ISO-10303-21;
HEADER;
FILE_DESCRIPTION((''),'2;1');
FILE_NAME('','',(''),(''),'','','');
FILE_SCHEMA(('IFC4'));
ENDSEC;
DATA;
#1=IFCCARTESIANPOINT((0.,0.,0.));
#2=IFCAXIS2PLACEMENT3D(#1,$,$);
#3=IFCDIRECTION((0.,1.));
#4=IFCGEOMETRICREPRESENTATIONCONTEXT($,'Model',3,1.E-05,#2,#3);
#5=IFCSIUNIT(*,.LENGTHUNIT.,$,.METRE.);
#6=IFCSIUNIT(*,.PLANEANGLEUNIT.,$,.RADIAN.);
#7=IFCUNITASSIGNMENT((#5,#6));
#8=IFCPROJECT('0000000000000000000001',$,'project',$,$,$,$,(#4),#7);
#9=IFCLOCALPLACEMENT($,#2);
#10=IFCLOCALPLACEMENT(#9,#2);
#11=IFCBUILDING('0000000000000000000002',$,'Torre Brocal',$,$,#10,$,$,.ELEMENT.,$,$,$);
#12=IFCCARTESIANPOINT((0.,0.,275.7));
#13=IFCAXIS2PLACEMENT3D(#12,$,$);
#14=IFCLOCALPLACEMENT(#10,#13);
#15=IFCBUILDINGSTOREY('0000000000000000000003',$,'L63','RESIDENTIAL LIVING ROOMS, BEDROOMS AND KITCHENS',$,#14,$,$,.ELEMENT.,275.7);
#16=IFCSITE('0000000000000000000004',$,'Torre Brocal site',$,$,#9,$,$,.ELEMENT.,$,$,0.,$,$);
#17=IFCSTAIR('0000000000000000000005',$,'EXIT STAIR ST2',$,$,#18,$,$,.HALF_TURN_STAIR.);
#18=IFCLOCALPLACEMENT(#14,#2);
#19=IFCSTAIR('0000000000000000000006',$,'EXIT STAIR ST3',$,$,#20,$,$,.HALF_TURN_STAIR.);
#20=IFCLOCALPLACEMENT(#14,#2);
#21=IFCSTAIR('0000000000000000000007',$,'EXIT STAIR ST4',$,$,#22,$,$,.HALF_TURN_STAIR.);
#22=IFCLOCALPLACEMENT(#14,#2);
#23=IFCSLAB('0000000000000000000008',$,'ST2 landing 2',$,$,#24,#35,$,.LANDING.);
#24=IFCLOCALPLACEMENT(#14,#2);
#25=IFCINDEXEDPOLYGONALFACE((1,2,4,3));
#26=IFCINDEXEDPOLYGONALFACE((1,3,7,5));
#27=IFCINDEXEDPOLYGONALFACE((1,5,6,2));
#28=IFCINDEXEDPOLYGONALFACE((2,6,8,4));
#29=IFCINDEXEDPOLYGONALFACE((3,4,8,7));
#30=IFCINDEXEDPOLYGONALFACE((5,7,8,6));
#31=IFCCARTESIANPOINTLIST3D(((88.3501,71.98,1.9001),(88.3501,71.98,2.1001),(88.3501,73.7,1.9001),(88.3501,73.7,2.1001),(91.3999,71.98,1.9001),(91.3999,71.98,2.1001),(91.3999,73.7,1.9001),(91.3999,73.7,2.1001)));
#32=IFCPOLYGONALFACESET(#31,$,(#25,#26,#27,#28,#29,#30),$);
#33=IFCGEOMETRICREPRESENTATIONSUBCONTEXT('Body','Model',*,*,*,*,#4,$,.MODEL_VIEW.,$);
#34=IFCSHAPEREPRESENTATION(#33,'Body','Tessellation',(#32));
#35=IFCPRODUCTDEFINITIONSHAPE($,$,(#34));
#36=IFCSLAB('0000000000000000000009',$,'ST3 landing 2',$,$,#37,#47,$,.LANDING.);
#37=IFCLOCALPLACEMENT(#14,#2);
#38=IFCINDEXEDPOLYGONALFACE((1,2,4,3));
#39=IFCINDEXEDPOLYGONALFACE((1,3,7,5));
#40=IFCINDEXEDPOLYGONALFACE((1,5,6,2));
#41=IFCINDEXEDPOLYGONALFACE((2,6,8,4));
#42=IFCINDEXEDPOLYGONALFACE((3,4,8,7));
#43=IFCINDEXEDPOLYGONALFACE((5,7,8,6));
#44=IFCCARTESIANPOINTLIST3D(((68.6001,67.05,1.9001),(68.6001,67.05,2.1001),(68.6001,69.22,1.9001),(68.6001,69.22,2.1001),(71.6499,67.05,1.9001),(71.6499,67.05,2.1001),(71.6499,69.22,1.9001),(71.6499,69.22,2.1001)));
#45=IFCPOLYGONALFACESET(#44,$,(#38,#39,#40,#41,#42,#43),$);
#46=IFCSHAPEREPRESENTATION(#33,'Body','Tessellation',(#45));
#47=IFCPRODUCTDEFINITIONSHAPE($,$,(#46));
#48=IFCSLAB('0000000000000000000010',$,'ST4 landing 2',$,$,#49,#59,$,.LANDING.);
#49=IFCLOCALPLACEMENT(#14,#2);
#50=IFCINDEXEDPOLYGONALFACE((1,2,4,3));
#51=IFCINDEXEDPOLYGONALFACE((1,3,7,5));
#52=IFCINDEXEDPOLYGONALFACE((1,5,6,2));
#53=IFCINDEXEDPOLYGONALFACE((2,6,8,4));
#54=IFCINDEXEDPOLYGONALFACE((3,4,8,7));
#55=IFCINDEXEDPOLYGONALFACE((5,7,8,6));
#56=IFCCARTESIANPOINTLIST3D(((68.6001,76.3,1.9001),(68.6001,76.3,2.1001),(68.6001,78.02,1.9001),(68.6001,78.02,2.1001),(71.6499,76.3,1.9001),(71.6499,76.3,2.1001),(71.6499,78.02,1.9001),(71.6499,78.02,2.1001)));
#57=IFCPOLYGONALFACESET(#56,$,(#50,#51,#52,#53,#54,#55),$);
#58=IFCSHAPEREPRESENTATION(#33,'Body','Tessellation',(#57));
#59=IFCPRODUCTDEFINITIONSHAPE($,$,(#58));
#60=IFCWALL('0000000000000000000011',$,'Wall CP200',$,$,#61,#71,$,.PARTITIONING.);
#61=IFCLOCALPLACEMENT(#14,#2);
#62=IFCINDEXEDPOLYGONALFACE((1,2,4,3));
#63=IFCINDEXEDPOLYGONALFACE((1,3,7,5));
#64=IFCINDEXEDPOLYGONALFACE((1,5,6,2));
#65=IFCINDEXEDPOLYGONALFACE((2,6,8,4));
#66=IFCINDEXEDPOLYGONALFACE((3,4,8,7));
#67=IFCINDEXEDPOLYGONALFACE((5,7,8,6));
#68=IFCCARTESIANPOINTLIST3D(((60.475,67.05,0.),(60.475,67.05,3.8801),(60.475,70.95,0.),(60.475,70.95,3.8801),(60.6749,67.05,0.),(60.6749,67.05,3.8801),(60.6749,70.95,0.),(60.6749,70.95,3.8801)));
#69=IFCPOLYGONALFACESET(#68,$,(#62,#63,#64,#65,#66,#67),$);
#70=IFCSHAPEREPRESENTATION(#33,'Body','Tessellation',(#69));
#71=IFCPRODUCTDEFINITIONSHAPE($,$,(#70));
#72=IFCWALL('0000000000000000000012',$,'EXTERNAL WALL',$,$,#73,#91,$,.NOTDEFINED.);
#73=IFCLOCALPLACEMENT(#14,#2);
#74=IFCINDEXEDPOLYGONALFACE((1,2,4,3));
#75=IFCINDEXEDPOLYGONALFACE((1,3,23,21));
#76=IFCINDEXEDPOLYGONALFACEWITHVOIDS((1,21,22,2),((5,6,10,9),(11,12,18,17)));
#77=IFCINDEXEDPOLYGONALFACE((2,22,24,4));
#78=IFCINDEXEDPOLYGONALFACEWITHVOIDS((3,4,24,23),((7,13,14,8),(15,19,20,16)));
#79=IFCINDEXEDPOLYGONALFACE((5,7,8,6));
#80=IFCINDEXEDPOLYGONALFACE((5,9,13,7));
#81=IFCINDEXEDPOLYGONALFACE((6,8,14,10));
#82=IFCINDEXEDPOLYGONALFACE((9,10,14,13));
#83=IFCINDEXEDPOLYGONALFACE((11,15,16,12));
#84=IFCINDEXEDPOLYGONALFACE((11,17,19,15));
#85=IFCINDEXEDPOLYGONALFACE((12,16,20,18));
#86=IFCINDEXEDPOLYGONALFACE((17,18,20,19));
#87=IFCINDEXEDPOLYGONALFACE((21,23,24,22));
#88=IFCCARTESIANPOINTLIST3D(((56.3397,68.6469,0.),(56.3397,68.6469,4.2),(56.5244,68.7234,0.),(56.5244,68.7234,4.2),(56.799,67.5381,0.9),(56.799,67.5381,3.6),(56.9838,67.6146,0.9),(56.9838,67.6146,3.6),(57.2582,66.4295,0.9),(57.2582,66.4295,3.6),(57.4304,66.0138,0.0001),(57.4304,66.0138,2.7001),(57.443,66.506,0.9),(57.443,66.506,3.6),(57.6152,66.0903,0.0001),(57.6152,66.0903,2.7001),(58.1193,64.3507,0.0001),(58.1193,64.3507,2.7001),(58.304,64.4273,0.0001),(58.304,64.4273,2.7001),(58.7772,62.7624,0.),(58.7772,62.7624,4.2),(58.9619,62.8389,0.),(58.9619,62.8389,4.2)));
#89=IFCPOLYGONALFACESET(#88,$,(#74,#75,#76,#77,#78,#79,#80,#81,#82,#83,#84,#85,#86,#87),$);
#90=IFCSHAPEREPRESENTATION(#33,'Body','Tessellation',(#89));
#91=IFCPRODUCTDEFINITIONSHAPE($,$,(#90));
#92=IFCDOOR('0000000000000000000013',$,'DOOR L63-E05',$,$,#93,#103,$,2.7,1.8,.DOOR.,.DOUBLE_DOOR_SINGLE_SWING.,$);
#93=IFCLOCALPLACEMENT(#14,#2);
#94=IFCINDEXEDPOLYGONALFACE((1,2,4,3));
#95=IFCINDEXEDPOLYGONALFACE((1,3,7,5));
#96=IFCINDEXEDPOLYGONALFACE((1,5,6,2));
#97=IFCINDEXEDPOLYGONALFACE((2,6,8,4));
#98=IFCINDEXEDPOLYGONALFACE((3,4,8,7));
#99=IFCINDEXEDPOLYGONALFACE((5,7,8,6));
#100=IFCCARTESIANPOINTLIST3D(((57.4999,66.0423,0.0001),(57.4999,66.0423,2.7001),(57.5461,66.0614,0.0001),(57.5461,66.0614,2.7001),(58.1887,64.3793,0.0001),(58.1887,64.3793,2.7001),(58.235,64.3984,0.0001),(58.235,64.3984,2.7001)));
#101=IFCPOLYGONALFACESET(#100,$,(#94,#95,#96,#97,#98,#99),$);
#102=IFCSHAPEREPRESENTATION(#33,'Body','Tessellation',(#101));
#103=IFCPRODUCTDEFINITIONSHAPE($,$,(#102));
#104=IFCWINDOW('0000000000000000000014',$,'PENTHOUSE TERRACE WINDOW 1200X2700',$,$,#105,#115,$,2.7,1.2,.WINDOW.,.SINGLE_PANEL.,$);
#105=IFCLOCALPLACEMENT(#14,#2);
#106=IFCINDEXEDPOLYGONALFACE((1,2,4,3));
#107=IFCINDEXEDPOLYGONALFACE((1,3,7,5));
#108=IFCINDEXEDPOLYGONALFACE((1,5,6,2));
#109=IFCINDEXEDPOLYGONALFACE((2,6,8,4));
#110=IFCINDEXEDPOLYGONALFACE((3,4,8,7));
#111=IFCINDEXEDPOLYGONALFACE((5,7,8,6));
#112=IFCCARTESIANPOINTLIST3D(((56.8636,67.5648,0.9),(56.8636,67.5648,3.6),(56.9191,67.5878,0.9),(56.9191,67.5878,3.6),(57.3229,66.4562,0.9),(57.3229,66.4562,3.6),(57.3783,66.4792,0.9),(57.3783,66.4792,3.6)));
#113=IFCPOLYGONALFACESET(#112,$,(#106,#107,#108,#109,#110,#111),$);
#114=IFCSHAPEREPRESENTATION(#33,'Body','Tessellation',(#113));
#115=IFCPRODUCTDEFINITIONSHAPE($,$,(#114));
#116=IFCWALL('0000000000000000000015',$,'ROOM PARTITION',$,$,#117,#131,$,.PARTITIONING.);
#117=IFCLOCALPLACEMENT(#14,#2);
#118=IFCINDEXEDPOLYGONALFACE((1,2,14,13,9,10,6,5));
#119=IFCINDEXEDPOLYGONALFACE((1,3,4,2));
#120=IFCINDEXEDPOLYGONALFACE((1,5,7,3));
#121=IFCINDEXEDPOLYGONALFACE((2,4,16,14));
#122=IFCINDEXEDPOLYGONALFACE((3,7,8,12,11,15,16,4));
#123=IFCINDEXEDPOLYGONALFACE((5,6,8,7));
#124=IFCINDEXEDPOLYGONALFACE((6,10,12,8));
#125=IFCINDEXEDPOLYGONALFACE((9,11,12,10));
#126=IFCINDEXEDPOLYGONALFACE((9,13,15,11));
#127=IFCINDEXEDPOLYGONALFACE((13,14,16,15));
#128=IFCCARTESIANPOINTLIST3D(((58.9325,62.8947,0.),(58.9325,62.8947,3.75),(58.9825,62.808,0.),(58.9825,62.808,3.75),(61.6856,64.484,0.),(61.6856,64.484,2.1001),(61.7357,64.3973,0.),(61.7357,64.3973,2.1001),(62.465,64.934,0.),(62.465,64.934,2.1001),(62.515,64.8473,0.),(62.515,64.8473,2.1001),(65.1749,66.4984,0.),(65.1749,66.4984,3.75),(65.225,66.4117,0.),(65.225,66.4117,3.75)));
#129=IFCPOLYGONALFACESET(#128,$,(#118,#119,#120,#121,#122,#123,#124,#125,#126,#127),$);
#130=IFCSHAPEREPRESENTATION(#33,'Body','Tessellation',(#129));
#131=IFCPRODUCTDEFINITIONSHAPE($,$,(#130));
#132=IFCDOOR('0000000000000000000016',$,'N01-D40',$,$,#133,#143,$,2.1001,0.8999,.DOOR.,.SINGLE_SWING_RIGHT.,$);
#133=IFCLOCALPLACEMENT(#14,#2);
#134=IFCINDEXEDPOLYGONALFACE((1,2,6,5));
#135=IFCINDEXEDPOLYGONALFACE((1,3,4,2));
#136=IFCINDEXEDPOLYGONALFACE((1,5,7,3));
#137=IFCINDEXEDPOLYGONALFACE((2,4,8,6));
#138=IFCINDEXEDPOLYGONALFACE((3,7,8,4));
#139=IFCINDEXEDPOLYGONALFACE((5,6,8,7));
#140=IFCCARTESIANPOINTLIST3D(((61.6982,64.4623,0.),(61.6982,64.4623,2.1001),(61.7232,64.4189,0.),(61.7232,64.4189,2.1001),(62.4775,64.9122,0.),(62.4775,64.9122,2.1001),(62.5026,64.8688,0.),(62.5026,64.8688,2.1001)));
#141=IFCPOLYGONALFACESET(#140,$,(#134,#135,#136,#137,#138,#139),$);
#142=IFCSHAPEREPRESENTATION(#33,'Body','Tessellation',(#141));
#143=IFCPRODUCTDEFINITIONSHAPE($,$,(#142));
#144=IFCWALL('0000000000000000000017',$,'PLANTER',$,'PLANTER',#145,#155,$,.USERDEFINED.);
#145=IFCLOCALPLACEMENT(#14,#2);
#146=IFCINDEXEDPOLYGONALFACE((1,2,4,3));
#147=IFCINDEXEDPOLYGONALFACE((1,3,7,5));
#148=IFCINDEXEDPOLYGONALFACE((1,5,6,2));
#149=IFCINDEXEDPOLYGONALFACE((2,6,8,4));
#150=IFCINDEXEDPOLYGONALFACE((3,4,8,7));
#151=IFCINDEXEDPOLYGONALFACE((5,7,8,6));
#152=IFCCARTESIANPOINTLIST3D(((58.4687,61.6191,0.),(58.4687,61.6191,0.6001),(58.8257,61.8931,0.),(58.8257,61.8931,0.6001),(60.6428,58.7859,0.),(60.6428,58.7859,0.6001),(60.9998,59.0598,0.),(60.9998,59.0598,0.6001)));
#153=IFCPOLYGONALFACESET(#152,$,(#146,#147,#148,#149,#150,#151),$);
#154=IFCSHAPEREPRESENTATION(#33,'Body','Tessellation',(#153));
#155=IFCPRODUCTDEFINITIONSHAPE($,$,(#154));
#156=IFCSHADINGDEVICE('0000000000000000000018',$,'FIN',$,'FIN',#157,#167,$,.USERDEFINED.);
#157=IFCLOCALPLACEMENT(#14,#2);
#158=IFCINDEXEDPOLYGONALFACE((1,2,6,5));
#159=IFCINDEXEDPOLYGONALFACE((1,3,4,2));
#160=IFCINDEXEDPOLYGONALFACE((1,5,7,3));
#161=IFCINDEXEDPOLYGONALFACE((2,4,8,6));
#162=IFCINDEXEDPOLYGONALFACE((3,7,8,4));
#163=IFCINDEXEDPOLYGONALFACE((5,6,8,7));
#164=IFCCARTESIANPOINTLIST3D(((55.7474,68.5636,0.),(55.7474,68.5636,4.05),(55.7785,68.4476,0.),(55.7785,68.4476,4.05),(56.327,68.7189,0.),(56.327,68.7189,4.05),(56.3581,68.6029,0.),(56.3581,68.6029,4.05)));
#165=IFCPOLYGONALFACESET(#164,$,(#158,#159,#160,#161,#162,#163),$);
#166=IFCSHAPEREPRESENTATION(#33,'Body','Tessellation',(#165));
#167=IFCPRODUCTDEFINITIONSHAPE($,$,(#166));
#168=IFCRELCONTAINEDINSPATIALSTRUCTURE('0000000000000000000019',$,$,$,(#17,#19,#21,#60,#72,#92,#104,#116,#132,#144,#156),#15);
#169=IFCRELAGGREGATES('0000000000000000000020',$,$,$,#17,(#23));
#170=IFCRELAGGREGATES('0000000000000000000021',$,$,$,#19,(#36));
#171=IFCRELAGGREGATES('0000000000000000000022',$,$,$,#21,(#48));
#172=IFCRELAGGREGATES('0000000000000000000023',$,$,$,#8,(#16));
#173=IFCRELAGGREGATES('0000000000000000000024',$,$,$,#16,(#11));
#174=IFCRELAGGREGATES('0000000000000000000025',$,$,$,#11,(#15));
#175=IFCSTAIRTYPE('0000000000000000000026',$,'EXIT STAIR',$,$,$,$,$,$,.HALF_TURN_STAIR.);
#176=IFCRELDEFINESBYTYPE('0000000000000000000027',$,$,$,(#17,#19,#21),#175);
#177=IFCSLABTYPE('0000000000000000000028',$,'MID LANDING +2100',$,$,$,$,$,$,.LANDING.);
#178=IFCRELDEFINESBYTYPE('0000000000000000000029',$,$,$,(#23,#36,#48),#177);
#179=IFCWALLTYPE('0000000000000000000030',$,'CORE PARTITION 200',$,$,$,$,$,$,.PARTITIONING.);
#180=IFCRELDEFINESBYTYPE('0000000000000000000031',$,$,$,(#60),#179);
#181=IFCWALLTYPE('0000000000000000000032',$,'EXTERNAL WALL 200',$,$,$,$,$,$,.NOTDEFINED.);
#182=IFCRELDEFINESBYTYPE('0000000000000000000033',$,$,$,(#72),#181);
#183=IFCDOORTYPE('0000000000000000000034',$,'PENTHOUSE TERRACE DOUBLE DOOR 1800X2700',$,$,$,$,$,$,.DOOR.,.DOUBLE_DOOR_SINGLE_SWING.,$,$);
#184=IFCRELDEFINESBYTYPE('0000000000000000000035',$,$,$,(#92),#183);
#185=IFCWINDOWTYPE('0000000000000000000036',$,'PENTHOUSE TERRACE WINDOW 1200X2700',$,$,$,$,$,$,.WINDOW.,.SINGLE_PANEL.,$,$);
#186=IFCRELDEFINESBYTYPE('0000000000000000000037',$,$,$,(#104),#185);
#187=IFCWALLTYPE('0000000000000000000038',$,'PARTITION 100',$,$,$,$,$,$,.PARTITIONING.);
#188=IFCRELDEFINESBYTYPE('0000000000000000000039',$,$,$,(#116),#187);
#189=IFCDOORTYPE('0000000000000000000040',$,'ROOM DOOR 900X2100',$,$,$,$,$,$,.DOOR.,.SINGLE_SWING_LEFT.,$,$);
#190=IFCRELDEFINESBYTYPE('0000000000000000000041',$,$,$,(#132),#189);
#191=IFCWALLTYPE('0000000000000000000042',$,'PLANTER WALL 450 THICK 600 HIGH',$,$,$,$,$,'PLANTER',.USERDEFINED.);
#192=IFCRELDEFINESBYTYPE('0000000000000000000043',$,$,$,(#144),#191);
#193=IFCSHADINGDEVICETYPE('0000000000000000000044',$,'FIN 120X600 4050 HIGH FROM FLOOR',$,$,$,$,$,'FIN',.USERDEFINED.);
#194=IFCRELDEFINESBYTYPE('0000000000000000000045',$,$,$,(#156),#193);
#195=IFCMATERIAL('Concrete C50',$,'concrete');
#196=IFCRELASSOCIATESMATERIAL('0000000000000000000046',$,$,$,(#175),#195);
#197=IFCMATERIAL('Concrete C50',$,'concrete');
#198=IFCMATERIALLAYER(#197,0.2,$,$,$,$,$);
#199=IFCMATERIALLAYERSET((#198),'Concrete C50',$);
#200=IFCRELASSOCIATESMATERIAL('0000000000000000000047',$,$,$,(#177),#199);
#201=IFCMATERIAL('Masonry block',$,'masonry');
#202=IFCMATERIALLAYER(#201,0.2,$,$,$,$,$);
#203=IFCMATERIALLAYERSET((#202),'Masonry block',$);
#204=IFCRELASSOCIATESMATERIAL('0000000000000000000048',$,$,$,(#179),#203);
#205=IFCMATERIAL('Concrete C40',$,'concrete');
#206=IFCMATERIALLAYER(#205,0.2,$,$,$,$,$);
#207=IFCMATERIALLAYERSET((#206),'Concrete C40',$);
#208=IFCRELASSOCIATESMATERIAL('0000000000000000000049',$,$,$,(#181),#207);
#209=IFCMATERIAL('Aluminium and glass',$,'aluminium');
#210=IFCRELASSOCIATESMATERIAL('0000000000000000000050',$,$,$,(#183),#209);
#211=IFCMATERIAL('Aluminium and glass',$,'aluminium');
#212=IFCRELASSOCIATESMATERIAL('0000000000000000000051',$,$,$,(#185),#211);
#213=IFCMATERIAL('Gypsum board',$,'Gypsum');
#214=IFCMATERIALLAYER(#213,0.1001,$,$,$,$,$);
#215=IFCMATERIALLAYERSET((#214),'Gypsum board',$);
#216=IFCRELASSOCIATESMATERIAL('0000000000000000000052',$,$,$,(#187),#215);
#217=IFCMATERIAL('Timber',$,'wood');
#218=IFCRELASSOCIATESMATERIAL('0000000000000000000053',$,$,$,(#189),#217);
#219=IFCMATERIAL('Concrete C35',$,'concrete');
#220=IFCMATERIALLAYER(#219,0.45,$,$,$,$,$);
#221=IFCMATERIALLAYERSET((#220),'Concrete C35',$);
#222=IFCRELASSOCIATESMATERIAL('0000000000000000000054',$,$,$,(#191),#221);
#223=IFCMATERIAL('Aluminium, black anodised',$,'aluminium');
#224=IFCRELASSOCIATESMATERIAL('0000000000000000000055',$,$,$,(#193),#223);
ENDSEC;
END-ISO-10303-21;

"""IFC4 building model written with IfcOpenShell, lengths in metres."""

from ifc_helpers import new_model, si_unit, direction, frame, frame_2d, origin, origin_2d, place, context, subcontext, project, spatial, polyline, rectangle, outline, extrude, material, layer, layer_set, material_profile, profile_set, type_object, element, fill, aggregate, save


model = new_model("IFC4")

# Units and contexts
model_context = context("Model", 3, precision=1e-05, world=origin(), true_north=direction((0.0, 1.0)))
body_context = subcontext(model_context, "Body", "Model", "MODEL_VIEW")
ifc_project = project(units=[si_unit("LENGTHUNIT", "METRE"), si_unit("PLANEANGLEUNIT", "RADIAN")], contexts=[model_context])

# Site, building, storey
site_placement = place(None, origin())
site = spatial("IfcSite", under=ifc_project, at=site_placement, Name="Torre Brocal site", CompositionType="ELEMENT", RefElevation=0.0)
building_placement = place(site_placement, origin())
building = spatial("IfcBuilding", under=site, at=building_placement, Name="Torre Brocal", CompositionType="ELEMENT")
storey_placement = place(building_placement, frame((0.0, 0.0, 275.7)))
storey = spatial("IfcBuildingStorey", under=building, at=storey_placement, Name="L63", Description="RESIDENTIAL LIVING ROOMS, BEDROOMS AND KITCHENS", CompositionType="ELEMENT", Elevation=275.7)

# Stairs
ifc_material_1 = material(Name="Concrete C50", Category="concrete")
stair_type = type_object("IfcStairType", Name="EXIT STAIR", PredefinedType="HALF_TURN_STAIR", material=ifc_material_1)
stair_1_placement = place(storey_placement, origin())
stair_1 = element("IfcStair", 1, at=stair_1_placement, inside=storey, type_object=stair_type, Name="EXIT STAIR ST2", PredefinedType="HALF_TURN_STAIR")
stair_2_placement = place(storey_placement, origin())
stair_2 = element("IfcStair", 2, at=stair_2_placement, inside=storey, type_object=stair_type, Name="EXIT STAIR ST3", PredefinedType="HALF_TURN_STAIR")
stair_3_placement = place(storey_placement, origin())
stair_3 = element("IfcStair", 3, at=stair_3_placement, inside=storey, type_object=stair_type, Name="EXIT STAIR ST4", PredefinedType="HALF_TURN_STAIR")

# Slabs
ifc_material_2 = material(Name="Concrete C50", Category="concrete")
ifc_layer_1 = layer(ifc_material_2, 0.2)
ifc_layer_set_1 = layer_set([ifc_layer_1], Name="Concrete C50")
slab_type_1 = type_object("IfcSlabType", Name="MID LANDING +2100", PredefinedType="LANDING", material=ifc_layer_set_1)
slab_1_placement = place(storey_placement, frame((0.0, 0.0, 1.9001)))
slab_1 = element("IfcSlab", 4, at=slab_1_placement, type_object=slab_type_1, Name="ST2 landing 2", PredefinedType="LANDING", context=body_context, shape_type="SweptSolid", body=[
    extrude(outline(polyline([(88.3501, 71.98), (91.3999, 71.98), (91.3999, 73.7), (88.3501, 73.7), (88.3501, 71.98)])), origin(), (0.0, 0.0, 1.0), 0.2),
])
aggregate(stair_1, [slab_1])
slab_2_placement = place(storey_placement, frame((0.0, 0.0, 1.9001)))
slab_2 = element("IfcSlab", 5, at=slab_2_placement, type_object=slab_type_1, Name="ST3 landing 2", PredefinedType="LANDING", context=body_context, shape_type="SweptSolid", body=[
    extrude(outline(polyline([(71.6499, 69.22), (68.6001, 69.22), (68.6001, 67.05), (71.6499, 67.05), (71.6499, 69.22)])), origin(), (0.0, 0.0, 1.0), 0.2),
])
aggregate(stair_2, [slab_2])
slab_3_placement = place(storey_placement, frame((0.0, 0.0, 1.9001)))
slab_3 = element("IfcSlab", 6, at=slab_3_placement, type_object=slab_type_1, Name="ST4 landing 2", PredefinedType="LANDING", context=body_context, shape_type="SweptSolid", body=[
    extrude(outline(polyline([(71.6499, 78.02), (68.6001, 78.02), (68.6001, 76.3), (71.6499, 76.3), (71.6499, 78.02)])), origin(), (0.0, 0.0, 1.0), 0.2),
])
aggregate(stair_3, [slab_3])

# Wall
ifc_material_3 = material(Name="Masonry block", Category="masonry")
ifc_layer_2 = layer(ifc_material_3, 0.2)
ifc_layer_set_2 = layer_set([ifc_layer_2], Name="Masonry block")
wall_type_1 = type_object("IfcWallType", Name="CORE PARTITION 200", PredefinedType="PARTITIONING", material=ifc_layer_set_2)
wall_1_placement = place(storey_placement, frame((60.575, 70.95, 0.0), z_axis=(0.0, 0.0, 1.0), x_axis=(0.0, -1.0, 0.0)))
element("IfcWall", 7, at=wall_1_placement, inside=storey, type_object=wall_type_1, Name="Wall CP200", PredefinedType="PARTITIONING", context=body_context, shape_type="SweptSolid", body=[
    extrude(rectangle(XDim=3.8999, YDim=0.2, at=frame_2d((1.95, 0.0))), origin(), (0.0, 0.0, 1.0), 3.8801),
])

# Wall, openings, door, window
ifc_material_4 = material(Name="Concrete C40", Category="concrete")
ifc_layer_3 = layer(ifc_material_4, 0.2)
ifc_layer_set_3 = layer_set([ifc_layer_3], Name="Concrete C40")
wall_type_2 = type_object("IfcWallType", Name="EXTERNAL WALL 200", PredefinedType="NOTDEFINED", material=ifc_layer_set_3)
wall_2_placement = place(storey_placement, frame((56.4321, 68.6851, 0.0), z_axis=(0.0, 0.0, 1.0), x_axis=(0.38269, -0.923877, 0.0)))
wall_2 = element("IfcWall", 8, at=wall_2_placement, inside=storey, type_object=wall_type_2, Name="EXTERNAL WALL", PredefinedType="NOTDEFINED", context=body_context, shape_type="SweptSolid", body=[
    extrude(rectangle(XDim=6.3694, YDim=0.2, at=frame_2d((3.1846, 0.0))), origin(), (0.0, 0.0, 1.0), 4.2),
])
opening_1_placement = place(wall_2_placement, frame((1.2, 0.0, 0.8999)))
opening_1 = element("IfcOpeningElement", 9, at=opening_1_placement, cuts=wall_2, PredefinedType="OPENING", context=body_context, shape_type="SweptSolid", body=[
    extrude(rectangle(XDim=1.2, YDim=2.7, at=frame_2d((0.6001, 1.3501))), frame((0.0, 0.1099, 0.0), z_axis=(0.0, -1.0, 0.0), x_axis=(1.0, 0.0, 0.0)), (0.0, 0.0, 1.0), 0.22),
])
opening_2_placement = place(wall_2_placement, frame((2.8501, 0.0, 0.0)))
opening_2 = element("IfcOpeningElement", 10, at=opening_2_placement, cuts=wall_2, PredefinedType="OPENING", context=body_context, shape_type="SweptSolid", body=[
    extrude(rectangle(XDim=1.8, YDim=2.7, at=frame_2d((0.8999, 1.3501))), frame((0.0, 0.1099, 0.0), z_axis=(0.0, -1.0, 0.0), x_axis=(1.0, 0.0, 0.0)), (0.0, 0.0, 1.0), 0.22),
])
ifc_material_5 = material(Name="Aluminium and glass", Category="aluminium")
door_type_1 = type_object("IfcDoorType", Name="PENTHOUSE TERRACE DOUBLE DOOR 1800X2700", OperationType="DOUBLE_DOOR_SINGLE_SWING", PredefinedType="DOOR", material=ifc_material_5)
door_1_placement = place(opening_2_placement, frame((1.8, 0.0, 0.0), z_axis=(0.0, 0.0, 1.0), x_axis=(-1.0, 0.0, 0.0)))
door_1 = element("IfcDoor", 11, at=door_1_placement, inside=storey, type_object=door_type_1, Name="DOOR L63-E05", OperationType="DOUBLE_DOOR_SINGLE_SWING", OverallHeight=2.7, OverallWidth=1.8, PredefinedType="DOOR", context=body_context, shape_type="SweptSolid", body=[
    extrude(rectangle(XDim=1.8, YDim=2.7, at=frame_2d((0.8999, 1.3501))), frame((0.0, 0.0249, 0.0), z_axis=(0.0, -1.0, 0.0), x_axis=(1.0, 0.0, 0.0)), (0.0, 0.0, 1.0), 0.05),
])
fill(opening_2, door_1)
ifc_material_6 = material(Name="Aluminium and glass", Category="aluminium")
window_type = type_object("IfcWindowType", Name="PENTHOUSE TERRACE WINDOW 1200X2700", PartitioningType="SINGLE_PANEL", PredefinedType="WINDOW", material=ifc_material_6)
window_placement = place(opening_1_placement, origin())
window = element("IfcWindow", 12, at=window_placement, inside=storey, type_object=window_type, Name="PENTHOUSE TERRACE WINDOW 1200X2700", OverallHeight=2.7, OverallWidth=1.2, PartitioningType="SINGLE_PANEL", PredefinedType="WINDOW", context=body_context, shape_type="SweptSolid", body=[
    extrude(rectangle(XDim=1.2, YDim=2.7, at=frame_2d((0.6001, 1.3501))), frame((0.0, 0.03, 0.0), z_axis=(0.0, -1.0, 0.0), x_axis=(1.0, 0.0, 0.0)), (0.0, 0.0, 1.0), 0.0601),
])
fill(opening_1, window)

# Wall, opening, door
ifc_material_7 = material(Name="Gypsum board", Category="Gypsum")
ifc_layer_4 = layer(ifc_material_7, 0.1001)
ifc_layer_set_4 = layer_set([ifc_layer_4], Name="Gypsum board")
wall_type_3 = type_object("IfcWallType", Name="PARTITION 100", PredefinedType="PARTITIONING", material=ifc_layer_set_4)
wall_3_placement = place(storey_placement, frame((58.9575, 62.8513, 0.0), z_axis=(0.0, 0.0, 1.0), x_axis=(0.866044, 0.499968, 0.0)))
wall_3 = element("IfcWall", 13, at=wall_3_placement, inside=storey, type_object=wall_type_3, Name="ROOM PARTITION", PredefinedType="PARTITIONING", context=body_context, shape_type="SweptSolid", body=[
    extrude(rectangle(XDim=7.208, YDim=0.1001, at=frame_2d((3.604, 0.0))), origin(), (0.0, 0.0, 1.0), 3.75),
])
opening_3_placement = place(wall_3_placement, frame((3.179, 0.0, 0.0)))
opening_3 = element("IfcOpeningElement", 14, at=opening_3_placement, cuts=wall_3, PredefinedType="OPENING", context=body_context, shape_type="SweptSolid", body=[
    extrude(rectangle(XDim=0.8999, YDim=2.1001, at=frame_2d((0.45, 1.05))), frame((0.0, 0.0601, 0.0), z_axis=(0.0, -1.0, 0.0), x_axis=(1.0, 0.0, 0.0)), (0.0, 0.0, 1.0), 0.1201),
])
ifc_material_8 = material(Name="Timber", Category="wood")
door_type_2 = type_object("IfcDoorType", Name="ROOM DOOR 900X2100", OperationType="SINGLE_SWING_LEFT", PredefinedType="DOOR", material=ifc_material_8)
door_2_placement = place(opening_3_placement, origin())
door_2 = element("IfcDoor", 15, at=door_2_placement, inside=storey, type_object=door_type_2, Name="N01-D40", OperationType="SINGLE_SWING_RIGHT", OverallHeight=2.1001, OverallWidth=0.8999, PredefinedType="DOOR", context=body_context, shape_type="SweptSolid", body=[
    extrude(rectangle(XDim=0.8999, YDim=2.1001, at=frame_2d((0.45, 1.05))), frame((0.0, 0.0249, 0.0), z_axis=(0.0, -1.0, 0.0), x_axis=(1.0, 0.0, 0.0)), (0.0, 0.0, 1.0), 0.05),
])
fill(opening_3, door_2)

# Wall
ifc_material_9 = material(Name="Concrete C35", Category="concrete")
ifc_layer_5 = layer(ifc_material_9, 0.45)
ifc_layer_set_5 = layer_set([ifc_layer_5], Name="Concrete C35")
wall_type_4 = type_object("IfcWallType", Name="PLANTER WALL 450 THICK 600 HIGH", ElementType="PLANTER", PredefinedType="USERDEFINED", material=ifc_layer_set_5)
wall_4_placement = place(storey_placement, frame((58.6472, 61.7561, 0.0), z_axis=(0.0, 0.0, 1.0), x_axis=(0.608769, -0.793348, 0.0)))
element("IfcWall", 16, at=wall_4_placement, inside=storey, type_object=wall_type_4, Name="PLANTER", ObjectType="PLANTER", PredefinedType="USERDEFINED", context=body_context, shape_type="SweptSolid", body=[
    extrude(rectangle(XDim=3.5713, YDim=0.45, at=frame_2d((1.7856, 0.0))), origin(), (0.0, 0.0, 1.0), 0.6001),
])

# Shading device
ifc_material_10 = material(Name="Aluminium, black anodised", Category="aluminium")
ifc_material_profile_1 = material_profile(ifc_material_10, rectangle(XDim=0.1201, YDim=0.6001, at=origin_2d()), Name="FIN 120X600 4050 HIGH FROM FLOOR")
ifc_profile_set_1 = profile_set([ifc_material_profile_1], Name="Aluminium, black anodised")
shading_device_type = type_object("IfcShadingDeviceType", Name="FIN 120X600 4050 HIGH FROM FLOOR", ElementType="FIN", PredefinedType="USERDEFINED", material=ifc_profile_set_1)
for number, where, z_axis, x_axis, name in (
    (17, (56.0527, 68.5833, 0.0), (0.0, 0.0, 1.0), (0.258819, -0.965926, 0.0), "FIN"),
):
    element("IfcShadingDevice", number, at=place(storey_placement, frame(where, z_axis=z_axis, x_axis=x_axis)), inside=storey, type_object=shading_device_type, Name=name, ObjectType="FIN", PredefinedType="USERDEFINED", context=body_context, shape_type="SweptSolid", body=[
        extrude(rectangle(XDim=0.1201, YDim=0.6001, at=origin_2d()), origin(), (0.0, 0.0, 1.0), 4.05),
    ])

save(model, "model.ifc")
